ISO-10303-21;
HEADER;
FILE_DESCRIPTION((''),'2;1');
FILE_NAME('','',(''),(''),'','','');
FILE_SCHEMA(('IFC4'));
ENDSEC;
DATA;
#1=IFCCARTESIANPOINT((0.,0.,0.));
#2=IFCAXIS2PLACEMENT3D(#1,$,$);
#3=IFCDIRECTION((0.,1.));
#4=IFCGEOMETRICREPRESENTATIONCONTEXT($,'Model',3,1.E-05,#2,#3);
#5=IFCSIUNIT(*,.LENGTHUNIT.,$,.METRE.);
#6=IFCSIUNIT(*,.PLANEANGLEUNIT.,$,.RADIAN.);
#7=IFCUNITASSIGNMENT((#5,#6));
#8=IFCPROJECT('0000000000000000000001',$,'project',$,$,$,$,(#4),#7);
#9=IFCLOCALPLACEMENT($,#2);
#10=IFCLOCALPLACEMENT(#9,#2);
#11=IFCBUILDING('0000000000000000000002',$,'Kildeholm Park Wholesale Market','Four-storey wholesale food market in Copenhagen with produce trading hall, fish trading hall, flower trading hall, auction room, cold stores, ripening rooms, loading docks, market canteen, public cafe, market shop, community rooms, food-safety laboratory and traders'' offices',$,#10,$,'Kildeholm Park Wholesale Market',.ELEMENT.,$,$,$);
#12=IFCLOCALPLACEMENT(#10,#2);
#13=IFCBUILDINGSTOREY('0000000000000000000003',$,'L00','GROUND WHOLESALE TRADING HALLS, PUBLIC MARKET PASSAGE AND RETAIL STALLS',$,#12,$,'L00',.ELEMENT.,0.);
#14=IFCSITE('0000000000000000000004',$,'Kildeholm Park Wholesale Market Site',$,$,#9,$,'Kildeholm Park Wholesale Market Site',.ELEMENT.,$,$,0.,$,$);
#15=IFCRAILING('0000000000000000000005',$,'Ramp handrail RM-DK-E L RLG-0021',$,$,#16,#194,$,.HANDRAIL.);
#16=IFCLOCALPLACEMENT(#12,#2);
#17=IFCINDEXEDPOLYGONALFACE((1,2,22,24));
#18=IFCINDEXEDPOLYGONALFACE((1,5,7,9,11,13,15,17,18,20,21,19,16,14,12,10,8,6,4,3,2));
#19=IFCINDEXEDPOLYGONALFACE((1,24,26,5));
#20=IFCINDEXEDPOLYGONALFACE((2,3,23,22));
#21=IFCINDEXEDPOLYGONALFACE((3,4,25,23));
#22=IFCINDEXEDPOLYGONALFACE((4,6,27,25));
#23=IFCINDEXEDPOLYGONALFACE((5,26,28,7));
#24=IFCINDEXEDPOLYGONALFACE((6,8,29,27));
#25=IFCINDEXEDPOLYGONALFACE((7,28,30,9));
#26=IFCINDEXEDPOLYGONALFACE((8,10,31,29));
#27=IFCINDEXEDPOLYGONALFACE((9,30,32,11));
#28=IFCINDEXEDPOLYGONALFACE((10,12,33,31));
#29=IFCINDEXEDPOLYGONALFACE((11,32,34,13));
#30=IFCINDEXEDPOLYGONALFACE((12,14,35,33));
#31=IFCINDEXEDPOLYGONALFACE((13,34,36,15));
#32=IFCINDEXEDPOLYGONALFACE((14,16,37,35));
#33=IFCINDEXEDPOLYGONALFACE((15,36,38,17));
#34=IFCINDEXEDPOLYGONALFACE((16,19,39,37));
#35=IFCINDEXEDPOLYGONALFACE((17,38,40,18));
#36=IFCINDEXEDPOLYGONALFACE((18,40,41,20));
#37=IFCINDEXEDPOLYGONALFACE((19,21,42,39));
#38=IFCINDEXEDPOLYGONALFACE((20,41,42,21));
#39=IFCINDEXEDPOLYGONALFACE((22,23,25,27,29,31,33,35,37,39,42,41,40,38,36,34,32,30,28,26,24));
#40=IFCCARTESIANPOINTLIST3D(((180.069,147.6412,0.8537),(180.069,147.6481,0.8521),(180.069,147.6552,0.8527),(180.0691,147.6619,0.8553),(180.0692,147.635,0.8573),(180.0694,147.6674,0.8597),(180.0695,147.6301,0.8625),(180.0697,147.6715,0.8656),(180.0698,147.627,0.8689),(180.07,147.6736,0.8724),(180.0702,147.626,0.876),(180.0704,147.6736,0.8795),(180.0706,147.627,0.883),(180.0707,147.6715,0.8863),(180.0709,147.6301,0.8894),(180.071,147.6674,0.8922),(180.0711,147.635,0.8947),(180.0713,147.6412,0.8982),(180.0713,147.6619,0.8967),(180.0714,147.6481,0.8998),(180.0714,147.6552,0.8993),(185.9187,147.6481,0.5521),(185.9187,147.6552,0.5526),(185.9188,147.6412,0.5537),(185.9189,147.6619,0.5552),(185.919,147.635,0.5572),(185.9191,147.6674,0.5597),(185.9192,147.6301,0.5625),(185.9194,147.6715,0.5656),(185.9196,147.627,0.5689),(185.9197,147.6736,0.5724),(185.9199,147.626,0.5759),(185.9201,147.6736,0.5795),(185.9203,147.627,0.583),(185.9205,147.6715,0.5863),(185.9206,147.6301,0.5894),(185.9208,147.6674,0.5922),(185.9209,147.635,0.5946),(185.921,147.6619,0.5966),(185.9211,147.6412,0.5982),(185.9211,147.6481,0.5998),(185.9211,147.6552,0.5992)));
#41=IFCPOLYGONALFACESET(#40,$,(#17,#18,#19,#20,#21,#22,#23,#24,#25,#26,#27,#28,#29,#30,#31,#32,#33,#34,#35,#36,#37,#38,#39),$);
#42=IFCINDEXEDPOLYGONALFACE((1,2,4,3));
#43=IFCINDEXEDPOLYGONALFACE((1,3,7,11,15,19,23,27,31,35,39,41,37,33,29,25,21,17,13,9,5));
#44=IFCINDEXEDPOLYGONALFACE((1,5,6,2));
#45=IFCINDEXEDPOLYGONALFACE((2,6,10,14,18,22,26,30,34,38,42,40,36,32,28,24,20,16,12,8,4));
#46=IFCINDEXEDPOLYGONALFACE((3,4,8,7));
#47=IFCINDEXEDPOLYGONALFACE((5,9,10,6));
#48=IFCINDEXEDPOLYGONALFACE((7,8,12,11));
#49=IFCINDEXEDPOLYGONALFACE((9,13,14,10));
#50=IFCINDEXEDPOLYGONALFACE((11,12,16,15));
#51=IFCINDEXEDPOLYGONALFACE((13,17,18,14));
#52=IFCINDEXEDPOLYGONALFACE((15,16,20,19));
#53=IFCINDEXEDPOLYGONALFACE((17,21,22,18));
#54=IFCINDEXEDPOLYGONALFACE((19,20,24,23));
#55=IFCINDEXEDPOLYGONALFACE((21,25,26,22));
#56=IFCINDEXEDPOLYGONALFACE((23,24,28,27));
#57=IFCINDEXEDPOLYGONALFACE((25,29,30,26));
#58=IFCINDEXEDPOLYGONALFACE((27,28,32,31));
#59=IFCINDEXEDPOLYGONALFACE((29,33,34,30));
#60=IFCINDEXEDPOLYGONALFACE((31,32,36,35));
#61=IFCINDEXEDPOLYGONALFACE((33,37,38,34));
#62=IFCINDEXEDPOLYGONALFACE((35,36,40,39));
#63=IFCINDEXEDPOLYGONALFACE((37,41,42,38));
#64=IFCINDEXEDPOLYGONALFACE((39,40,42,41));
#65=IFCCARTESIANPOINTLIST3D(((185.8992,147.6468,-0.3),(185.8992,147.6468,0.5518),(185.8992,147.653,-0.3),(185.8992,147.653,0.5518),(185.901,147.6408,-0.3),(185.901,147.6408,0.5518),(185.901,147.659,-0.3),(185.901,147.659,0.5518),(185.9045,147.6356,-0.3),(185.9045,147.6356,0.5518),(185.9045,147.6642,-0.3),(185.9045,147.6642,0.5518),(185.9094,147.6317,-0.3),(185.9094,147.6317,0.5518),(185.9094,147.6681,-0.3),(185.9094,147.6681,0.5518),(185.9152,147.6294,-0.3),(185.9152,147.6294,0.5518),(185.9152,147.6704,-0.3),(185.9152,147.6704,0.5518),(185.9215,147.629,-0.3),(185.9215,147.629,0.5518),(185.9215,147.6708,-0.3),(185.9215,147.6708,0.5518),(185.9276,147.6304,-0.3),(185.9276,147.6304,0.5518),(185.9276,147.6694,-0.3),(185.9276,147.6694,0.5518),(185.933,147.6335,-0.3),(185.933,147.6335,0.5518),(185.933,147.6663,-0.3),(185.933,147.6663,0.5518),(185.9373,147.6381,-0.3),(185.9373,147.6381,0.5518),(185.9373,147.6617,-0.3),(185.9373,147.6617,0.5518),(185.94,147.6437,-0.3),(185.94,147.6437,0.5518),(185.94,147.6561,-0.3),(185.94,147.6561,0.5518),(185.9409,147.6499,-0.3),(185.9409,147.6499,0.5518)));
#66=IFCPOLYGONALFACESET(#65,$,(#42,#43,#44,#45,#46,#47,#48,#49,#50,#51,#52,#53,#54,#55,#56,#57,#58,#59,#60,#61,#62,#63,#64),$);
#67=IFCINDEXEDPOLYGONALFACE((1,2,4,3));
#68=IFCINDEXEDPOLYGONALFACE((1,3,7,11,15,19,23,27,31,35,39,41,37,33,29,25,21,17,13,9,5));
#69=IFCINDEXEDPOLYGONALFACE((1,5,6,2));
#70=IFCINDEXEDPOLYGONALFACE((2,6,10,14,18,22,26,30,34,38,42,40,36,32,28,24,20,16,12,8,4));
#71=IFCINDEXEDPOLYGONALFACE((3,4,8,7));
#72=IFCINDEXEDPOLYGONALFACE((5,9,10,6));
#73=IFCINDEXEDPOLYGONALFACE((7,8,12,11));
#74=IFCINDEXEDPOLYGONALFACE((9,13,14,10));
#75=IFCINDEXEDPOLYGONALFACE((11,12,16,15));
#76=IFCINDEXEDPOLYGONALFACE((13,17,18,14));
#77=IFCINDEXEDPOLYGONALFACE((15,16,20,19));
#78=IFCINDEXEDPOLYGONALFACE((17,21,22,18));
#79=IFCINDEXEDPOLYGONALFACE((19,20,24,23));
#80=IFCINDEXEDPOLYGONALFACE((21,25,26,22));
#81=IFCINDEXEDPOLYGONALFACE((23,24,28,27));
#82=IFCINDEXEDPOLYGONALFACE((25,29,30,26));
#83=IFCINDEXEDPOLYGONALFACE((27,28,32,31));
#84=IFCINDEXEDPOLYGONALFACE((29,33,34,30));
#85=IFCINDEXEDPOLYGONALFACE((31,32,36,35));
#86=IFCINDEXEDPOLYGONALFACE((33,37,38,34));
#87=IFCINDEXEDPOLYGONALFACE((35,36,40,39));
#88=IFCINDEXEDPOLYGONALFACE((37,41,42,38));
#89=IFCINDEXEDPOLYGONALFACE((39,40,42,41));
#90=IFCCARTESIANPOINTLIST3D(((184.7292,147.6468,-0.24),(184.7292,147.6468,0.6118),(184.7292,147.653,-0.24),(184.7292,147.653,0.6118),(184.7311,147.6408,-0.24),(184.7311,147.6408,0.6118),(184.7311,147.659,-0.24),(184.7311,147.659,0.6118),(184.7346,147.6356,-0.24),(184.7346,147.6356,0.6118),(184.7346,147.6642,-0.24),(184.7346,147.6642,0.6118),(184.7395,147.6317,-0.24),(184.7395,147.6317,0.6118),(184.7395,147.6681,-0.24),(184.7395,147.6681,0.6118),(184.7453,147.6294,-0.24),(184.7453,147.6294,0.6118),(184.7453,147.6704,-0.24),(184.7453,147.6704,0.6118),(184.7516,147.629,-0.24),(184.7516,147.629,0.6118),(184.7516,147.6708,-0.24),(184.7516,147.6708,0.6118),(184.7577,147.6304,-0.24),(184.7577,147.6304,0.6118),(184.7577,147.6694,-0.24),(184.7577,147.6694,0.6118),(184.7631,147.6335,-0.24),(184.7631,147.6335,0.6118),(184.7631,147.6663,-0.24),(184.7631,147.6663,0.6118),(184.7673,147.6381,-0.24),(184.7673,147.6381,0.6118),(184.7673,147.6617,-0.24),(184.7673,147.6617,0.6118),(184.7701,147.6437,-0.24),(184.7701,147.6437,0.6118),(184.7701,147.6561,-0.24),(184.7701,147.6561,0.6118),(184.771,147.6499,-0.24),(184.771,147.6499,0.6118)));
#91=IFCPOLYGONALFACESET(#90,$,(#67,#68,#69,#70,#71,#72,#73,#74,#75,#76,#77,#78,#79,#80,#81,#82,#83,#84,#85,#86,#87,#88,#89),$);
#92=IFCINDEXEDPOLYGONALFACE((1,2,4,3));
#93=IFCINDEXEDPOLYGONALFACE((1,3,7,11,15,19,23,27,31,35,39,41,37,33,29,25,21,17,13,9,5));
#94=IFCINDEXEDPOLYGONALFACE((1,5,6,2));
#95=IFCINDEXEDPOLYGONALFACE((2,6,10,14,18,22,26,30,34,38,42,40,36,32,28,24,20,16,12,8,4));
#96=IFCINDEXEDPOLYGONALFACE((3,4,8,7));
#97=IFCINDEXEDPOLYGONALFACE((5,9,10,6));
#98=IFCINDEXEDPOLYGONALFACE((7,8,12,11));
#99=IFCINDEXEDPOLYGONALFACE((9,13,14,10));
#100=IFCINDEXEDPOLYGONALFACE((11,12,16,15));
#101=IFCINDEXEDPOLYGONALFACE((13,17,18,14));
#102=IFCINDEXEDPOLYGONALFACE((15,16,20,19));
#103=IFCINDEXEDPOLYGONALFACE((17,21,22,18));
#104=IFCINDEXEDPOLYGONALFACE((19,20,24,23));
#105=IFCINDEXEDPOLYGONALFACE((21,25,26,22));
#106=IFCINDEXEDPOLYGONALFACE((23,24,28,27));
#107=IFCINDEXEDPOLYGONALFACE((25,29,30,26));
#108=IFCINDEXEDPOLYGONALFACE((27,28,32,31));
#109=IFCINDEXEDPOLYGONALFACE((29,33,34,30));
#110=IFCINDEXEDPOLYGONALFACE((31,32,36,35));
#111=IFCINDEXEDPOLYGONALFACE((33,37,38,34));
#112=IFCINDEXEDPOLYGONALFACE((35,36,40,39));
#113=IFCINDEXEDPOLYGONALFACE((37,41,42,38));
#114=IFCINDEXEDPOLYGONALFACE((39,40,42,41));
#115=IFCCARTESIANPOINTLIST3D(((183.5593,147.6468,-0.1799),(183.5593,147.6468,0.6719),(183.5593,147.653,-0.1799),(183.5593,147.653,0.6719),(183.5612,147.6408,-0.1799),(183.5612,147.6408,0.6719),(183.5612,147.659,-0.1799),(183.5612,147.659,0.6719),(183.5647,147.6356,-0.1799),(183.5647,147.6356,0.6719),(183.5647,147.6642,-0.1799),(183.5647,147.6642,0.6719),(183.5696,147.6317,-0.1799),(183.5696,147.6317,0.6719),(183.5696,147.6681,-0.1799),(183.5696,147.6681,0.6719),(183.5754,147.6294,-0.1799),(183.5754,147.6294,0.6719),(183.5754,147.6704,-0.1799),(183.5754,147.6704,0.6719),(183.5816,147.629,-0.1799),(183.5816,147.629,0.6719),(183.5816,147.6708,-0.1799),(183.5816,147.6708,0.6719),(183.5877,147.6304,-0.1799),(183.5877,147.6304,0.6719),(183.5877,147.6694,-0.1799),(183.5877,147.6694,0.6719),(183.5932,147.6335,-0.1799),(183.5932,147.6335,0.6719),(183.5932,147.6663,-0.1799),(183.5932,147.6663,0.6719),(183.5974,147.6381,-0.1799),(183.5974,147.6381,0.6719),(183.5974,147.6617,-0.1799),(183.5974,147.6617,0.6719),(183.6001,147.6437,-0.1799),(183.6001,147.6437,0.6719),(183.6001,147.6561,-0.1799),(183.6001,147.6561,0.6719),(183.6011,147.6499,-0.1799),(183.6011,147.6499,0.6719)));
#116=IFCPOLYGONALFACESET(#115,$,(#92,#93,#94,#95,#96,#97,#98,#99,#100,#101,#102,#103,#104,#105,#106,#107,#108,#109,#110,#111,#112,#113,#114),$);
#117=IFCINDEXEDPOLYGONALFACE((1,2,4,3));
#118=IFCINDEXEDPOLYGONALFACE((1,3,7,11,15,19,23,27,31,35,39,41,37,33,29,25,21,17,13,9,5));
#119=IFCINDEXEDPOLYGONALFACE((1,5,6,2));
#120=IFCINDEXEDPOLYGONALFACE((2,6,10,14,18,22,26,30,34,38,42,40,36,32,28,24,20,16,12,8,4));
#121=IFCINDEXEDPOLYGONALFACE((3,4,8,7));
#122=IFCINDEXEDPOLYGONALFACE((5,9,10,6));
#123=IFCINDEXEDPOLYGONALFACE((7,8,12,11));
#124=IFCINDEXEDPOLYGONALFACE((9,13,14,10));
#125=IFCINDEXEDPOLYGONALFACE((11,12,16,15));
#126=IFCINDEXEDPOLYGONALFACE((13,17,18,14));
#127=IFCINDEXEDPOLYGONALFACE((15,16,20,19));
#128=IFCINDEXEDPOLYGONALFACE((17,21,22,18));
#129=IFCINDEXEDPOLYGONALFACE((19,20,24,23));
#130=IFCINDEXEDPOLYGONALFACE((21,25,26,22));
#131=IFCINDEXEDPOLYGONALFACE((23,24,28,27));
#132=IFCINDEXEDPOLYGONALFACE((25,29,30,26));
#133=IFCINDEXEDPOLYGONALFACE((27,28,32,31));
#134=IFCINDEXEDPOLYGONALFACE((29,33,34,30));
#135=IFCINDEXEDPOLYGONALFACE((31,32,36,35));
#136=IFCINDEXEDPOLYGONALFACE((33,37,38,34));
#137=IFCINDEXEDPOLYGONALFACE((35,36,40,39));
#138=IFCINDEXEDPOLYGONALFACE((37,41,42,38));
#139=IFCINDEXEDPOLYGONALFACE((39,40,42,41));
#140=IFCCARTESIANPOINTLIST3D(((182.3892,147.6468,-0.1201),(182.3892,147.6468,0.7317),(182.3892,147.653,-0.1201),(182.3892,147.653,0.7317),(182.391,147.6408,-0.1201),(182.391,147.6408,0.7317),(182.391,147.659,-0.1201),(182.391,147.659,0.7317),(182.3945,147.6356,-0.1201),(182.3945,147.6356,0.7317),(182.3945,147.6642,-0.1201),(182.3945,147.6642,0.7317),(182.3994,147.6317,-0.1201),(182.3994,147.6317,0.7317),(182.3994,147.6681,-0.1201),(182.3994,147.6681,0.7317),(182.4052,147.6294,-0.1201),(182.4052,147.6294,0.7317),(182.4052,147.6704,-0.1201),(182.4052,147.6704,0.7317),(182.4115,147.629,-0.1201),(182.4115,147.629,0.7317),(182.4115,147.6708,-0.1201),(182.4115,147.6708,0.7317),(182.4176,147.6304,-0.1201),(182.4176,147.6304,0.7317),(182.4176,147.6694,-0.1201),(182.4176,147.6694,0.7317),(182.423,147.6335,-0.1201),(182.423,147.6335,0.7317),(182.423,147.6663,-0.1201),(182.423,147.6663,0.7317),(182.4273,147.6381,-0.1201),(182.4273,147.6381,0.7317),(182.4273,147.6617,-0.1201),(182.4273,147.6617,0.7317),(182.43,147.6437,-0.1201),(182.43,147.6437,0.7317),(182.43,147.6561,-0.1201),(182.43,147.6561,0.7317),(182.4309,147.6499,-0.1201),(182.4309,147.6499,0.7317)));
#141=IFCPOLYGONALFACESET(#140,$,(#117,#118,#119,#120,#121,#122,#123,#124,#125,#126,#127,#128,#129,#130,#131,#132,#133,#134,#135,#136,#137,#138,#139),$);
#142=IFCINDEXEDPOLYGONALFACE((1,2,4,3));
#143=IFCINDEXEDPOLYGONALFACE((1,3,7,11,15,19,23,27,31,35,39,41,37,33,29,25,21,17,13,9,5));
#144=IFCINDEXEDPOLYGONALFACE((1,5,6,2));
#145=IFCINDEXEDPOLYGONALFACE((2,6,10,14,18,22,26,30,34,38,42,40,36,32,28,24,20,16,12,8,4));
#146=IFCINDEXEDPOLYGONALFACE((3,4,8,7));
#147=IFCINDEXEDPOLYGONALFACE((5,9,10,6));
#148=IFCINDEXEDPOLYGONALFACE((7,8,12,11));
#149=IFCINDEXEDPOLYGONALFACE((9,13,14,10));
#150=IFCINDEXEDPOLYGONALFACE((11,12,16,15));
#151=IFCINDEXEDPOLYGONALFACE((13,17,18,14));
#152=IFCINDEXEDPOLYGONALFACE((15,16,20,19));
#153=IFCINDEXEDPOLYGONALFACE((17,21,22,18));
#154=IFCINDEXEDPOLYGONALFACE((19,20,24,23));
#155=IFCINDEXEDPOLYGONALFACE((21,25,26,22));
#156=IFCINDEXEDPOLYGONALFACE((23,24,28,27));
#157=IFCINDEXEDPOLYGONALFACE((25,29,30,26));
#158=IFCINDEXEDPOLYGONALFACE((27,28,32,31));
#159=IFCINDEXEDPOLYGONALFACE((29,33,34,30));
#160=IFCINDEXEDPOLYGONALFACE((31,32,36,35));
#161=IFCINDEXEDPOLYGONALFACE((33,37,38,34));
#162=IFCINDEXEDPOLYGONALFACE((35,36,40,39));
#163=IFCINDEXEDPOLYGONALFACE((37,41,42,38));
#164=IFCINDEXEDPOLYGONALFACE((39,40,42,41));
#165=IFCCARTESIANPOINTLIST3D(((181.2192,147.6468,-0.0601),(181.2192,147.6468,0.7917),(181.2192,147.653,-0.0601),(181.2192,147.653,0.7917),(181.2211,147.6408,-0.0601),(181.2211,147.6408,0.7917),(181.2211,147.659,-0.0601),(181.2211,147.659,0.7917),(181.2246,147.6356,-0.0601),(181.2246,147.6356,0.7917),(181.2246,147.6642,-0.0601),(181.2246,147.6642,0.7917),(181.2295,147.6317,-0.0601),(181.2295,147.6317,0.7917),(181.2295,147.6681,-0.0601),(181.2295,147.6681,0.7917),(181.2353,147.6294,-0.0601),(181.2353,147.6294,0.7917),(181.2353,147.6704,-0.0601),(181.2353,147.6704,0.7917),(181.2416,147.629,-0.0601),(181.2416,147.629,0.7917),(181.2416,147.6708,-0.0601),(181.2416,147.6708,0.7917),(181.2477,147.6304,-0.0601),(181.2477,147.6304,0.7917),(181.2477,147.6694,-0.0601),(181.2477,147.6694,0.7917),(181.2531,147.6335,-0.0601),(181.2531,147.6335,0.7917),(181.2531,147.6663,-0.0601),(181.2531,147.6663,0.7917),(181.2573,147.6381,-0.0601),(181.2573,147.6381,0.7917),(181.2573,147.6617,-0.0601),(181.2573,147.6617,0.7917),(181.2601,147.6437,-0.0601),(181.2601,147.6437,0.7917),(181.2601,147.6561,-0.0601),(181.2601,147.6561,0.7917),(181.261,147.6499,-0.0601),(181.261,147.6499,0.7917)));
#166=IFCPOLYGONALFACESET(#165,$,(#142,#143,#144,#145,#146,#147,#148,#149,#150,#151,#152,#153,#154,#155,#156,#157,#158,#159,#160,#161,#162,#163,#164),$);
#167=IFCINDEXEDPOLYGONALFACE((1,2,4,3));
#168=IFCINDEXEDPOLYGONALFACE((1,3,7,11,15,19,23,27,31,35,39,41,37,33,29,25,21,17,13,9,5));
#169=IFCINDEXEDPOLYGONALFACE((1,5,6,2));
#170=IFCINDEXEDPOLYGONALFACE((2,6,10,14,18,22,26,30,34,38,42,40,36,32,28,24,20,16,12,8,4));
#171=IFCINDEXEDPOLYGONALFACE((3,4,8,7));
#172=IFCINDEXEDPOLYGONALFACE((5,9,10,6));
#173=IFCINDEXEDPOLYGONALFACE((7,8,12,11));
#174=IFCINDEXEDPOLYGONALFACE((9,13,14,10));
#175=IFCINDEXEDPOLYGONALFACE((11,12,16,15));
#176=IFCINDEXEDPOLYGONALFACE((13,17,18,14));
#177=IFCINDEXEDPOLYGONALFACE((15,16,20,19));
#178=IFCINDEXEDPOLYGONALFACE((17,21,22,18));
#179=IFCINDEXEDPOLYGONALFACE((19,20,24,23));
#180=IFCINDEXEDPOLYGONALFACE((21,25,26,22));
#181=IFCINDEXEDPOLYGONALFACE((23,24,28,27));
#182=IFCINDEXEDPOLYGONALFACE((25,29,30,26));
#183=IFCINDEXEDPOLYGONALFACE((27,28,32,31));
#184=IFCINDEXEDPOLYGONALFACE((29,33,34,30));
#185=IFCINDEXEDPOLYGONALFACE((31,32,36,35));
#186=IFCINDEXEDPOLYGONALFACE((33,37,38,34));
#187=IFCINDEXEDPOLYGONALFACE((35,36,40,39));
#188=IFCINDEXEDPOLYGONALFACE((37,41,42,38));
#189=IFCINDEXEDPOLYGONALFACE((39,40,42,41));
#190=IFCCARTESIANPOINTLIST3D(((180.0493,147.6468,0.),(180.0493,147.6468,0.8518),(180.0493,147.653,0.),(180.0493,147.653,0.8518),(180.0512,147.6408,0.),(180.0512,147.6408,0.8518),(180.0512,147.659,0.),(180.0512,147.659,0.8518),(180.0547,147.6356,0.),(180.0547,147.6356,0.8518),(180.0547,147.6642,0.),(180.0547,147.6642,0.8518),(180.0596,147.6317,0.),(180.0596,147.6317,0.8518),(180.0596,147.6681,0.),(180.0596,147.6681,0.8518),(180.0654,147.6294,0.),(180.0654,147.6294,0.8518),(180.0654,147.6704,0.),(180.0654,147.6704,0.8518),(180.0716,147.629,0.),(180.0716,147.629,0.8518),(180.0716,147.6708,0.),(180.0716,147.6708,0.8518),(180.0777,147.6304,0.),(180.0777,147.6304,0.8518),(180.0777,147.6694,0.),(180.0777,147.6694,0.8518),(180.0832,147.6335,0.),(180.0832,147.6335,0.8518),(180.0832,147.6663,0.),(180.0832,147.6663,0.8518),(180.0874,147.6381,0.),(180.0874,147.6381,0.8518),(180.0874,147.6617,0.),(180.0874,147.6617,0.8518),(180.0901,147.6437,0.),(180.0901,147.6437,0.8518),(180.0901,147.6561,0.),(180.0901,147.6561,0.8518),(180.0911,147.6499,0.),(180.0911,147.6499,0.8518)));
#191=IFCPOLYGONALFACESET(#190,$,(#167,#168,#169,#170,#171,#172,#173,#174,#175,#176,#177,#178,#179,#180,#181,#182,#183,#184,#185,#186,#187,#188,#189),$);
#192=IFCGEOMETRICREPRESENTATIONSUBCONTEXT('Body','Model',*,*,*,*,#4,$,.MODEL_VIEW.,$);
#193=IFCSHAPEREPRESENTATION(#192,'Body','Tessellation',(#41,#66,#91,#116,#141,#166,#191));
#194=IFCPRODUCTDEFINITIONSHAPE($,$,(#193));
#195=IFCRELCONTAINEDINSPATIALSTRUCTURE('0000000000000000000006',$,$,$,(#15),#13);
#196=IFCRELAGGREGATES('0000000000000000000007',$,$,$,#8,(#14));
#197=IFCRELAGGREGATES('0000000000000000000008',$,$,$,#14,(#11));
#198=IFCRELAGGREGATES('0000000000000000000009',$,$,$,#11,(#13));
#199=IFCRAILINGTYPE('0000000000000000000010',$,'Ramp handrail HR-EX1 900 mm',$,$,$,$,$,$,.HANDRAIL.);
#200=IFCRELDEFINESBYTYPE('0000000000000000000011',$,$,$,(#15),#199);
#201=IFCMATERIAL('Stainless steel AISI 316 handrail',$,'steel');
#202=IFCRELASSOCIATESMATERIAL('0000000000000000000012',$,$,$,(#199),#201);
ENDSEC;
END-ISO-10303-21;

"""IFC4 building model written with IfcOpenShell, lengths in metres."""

from ifc_helpers import new_model, si_unit, direction, frame, origin, origin_2d, place, context, subcontext, project, spatial, circle, extrude, material, type_object, element, save


model = new_model("IFC4")

# Units and contexts
model_context = context("Model", 3, precision=1e-05, world=origin(), true_north=direction((0.0, 1.0)))
body_context = subcontext(model_context, "Body", "Model", "MODEL_VIEW")
ifc_project = project(units=[si_unit("LENGTHUNIT", "METRE"), si_unit("PLANEANGLEUNIT", "RADIAN")], contexts=[model_context])

# Site, building, storey
site_placement = place(None, origin())
site = spatial("IfcSite", under=ifc_project, at=site_placement, Name="Kildeholm Park Wholesale Market Site", LongName="Kildeholm Park Wholesale Market Site", CompositionType="ELEMENT", RefElevation=0.0)
building_placement = place(site_placement, origin())
building = spatial("IfcBuilding", under=site, at=building_placement, Name="Kildeholm Park Wholesale Market", Description="Four-storey wholesale food market in Copenhagen with produce trading hall, fish trading hall, flower trading hall, auction room, cold stores, ripening rooms, loading docks, market canteen, public cafe, market shop, community rooms, food-safety laboratory and traders' offices", LongName="Kildeholm Park Wholesale Market", CompositionType="ELEMENT")
storey_placement = place(building_placement, origin())
storey = spatial("IfcBuildingStorey", under=building, at=storey_placement, Name="L00", Description="GROUND WHOLESALE TRADING HALLS, PUBLIC MARKET PASSAGE AND RETAIL STALLS", LongName="L00", CompositionType="ELEMENT", Elevation=0.0)

# Railing
ifc_material_1 = material(Name="Stainless steel AISI 316 handrail", Category="steel")
railing_type = type_object("IfcRailingType", Name="Ramp handrail HR-EX1 900 mm", PredefinedType="HANDRAIL", material=ifc_material_1)
for number, where, name in (
    (1, (185.9199, 147.6499, -0.3), "Ramp handrail RM-DK-E L RLG-0021"),
):
    element("IfcRailing", number, at=place(storey_placement, frame(where)), inside=storey, type_object=railing_type, Name=name, PredefinedType="HANDRAIL", context=body_context, shape_type="SweptSolid", body=[
        extrude(circle(Radius=0.0239, at=origin_2d()), frame((0.0, 0.0, 0.876), z_axis=(-0.998687, 0.0, 0.051224), x_axis=(0.0, -1.0, 0.0)), (0.0, 0.0, 1.0), 5.8574),
        extrude(circle(Radius=0.021, at=origin_2d()), origin(), (0.0, 0.0, 1.0), 0.8518),
        extrude(circle(Radius=0.021, at=origin_2d()), frame((-1.1699, 0.0, 0.0601)), (0.0, 0.0, 1.0), 0.8518),
        extrude(circle(Radius=0.021, at=origin_2d()), frame((-2.3398, 0.0, 0.1201)), (0.0, 0.0, 1.0), 0.8518),
        extrude(circle(Radius=0.021, at=origin_2d()), frame((-3.51, 0.0, 0.1799)), (0.0, 0.0, 1.0), 0.8518),
        extrude(circle(Radius=0.021, at=origin_2d()), frame((-4.6799, 0.0, 0.24)), (0.0, 0.0, 1.0), 0.8518),
        extrude(circle(Radius=0.021, at=origin_2d()), frame((-5.8499, 0.0, 0.3)), (0.0, 0.0, 1.0), 0.8518),
    ])

save(model, "model.ifc")
